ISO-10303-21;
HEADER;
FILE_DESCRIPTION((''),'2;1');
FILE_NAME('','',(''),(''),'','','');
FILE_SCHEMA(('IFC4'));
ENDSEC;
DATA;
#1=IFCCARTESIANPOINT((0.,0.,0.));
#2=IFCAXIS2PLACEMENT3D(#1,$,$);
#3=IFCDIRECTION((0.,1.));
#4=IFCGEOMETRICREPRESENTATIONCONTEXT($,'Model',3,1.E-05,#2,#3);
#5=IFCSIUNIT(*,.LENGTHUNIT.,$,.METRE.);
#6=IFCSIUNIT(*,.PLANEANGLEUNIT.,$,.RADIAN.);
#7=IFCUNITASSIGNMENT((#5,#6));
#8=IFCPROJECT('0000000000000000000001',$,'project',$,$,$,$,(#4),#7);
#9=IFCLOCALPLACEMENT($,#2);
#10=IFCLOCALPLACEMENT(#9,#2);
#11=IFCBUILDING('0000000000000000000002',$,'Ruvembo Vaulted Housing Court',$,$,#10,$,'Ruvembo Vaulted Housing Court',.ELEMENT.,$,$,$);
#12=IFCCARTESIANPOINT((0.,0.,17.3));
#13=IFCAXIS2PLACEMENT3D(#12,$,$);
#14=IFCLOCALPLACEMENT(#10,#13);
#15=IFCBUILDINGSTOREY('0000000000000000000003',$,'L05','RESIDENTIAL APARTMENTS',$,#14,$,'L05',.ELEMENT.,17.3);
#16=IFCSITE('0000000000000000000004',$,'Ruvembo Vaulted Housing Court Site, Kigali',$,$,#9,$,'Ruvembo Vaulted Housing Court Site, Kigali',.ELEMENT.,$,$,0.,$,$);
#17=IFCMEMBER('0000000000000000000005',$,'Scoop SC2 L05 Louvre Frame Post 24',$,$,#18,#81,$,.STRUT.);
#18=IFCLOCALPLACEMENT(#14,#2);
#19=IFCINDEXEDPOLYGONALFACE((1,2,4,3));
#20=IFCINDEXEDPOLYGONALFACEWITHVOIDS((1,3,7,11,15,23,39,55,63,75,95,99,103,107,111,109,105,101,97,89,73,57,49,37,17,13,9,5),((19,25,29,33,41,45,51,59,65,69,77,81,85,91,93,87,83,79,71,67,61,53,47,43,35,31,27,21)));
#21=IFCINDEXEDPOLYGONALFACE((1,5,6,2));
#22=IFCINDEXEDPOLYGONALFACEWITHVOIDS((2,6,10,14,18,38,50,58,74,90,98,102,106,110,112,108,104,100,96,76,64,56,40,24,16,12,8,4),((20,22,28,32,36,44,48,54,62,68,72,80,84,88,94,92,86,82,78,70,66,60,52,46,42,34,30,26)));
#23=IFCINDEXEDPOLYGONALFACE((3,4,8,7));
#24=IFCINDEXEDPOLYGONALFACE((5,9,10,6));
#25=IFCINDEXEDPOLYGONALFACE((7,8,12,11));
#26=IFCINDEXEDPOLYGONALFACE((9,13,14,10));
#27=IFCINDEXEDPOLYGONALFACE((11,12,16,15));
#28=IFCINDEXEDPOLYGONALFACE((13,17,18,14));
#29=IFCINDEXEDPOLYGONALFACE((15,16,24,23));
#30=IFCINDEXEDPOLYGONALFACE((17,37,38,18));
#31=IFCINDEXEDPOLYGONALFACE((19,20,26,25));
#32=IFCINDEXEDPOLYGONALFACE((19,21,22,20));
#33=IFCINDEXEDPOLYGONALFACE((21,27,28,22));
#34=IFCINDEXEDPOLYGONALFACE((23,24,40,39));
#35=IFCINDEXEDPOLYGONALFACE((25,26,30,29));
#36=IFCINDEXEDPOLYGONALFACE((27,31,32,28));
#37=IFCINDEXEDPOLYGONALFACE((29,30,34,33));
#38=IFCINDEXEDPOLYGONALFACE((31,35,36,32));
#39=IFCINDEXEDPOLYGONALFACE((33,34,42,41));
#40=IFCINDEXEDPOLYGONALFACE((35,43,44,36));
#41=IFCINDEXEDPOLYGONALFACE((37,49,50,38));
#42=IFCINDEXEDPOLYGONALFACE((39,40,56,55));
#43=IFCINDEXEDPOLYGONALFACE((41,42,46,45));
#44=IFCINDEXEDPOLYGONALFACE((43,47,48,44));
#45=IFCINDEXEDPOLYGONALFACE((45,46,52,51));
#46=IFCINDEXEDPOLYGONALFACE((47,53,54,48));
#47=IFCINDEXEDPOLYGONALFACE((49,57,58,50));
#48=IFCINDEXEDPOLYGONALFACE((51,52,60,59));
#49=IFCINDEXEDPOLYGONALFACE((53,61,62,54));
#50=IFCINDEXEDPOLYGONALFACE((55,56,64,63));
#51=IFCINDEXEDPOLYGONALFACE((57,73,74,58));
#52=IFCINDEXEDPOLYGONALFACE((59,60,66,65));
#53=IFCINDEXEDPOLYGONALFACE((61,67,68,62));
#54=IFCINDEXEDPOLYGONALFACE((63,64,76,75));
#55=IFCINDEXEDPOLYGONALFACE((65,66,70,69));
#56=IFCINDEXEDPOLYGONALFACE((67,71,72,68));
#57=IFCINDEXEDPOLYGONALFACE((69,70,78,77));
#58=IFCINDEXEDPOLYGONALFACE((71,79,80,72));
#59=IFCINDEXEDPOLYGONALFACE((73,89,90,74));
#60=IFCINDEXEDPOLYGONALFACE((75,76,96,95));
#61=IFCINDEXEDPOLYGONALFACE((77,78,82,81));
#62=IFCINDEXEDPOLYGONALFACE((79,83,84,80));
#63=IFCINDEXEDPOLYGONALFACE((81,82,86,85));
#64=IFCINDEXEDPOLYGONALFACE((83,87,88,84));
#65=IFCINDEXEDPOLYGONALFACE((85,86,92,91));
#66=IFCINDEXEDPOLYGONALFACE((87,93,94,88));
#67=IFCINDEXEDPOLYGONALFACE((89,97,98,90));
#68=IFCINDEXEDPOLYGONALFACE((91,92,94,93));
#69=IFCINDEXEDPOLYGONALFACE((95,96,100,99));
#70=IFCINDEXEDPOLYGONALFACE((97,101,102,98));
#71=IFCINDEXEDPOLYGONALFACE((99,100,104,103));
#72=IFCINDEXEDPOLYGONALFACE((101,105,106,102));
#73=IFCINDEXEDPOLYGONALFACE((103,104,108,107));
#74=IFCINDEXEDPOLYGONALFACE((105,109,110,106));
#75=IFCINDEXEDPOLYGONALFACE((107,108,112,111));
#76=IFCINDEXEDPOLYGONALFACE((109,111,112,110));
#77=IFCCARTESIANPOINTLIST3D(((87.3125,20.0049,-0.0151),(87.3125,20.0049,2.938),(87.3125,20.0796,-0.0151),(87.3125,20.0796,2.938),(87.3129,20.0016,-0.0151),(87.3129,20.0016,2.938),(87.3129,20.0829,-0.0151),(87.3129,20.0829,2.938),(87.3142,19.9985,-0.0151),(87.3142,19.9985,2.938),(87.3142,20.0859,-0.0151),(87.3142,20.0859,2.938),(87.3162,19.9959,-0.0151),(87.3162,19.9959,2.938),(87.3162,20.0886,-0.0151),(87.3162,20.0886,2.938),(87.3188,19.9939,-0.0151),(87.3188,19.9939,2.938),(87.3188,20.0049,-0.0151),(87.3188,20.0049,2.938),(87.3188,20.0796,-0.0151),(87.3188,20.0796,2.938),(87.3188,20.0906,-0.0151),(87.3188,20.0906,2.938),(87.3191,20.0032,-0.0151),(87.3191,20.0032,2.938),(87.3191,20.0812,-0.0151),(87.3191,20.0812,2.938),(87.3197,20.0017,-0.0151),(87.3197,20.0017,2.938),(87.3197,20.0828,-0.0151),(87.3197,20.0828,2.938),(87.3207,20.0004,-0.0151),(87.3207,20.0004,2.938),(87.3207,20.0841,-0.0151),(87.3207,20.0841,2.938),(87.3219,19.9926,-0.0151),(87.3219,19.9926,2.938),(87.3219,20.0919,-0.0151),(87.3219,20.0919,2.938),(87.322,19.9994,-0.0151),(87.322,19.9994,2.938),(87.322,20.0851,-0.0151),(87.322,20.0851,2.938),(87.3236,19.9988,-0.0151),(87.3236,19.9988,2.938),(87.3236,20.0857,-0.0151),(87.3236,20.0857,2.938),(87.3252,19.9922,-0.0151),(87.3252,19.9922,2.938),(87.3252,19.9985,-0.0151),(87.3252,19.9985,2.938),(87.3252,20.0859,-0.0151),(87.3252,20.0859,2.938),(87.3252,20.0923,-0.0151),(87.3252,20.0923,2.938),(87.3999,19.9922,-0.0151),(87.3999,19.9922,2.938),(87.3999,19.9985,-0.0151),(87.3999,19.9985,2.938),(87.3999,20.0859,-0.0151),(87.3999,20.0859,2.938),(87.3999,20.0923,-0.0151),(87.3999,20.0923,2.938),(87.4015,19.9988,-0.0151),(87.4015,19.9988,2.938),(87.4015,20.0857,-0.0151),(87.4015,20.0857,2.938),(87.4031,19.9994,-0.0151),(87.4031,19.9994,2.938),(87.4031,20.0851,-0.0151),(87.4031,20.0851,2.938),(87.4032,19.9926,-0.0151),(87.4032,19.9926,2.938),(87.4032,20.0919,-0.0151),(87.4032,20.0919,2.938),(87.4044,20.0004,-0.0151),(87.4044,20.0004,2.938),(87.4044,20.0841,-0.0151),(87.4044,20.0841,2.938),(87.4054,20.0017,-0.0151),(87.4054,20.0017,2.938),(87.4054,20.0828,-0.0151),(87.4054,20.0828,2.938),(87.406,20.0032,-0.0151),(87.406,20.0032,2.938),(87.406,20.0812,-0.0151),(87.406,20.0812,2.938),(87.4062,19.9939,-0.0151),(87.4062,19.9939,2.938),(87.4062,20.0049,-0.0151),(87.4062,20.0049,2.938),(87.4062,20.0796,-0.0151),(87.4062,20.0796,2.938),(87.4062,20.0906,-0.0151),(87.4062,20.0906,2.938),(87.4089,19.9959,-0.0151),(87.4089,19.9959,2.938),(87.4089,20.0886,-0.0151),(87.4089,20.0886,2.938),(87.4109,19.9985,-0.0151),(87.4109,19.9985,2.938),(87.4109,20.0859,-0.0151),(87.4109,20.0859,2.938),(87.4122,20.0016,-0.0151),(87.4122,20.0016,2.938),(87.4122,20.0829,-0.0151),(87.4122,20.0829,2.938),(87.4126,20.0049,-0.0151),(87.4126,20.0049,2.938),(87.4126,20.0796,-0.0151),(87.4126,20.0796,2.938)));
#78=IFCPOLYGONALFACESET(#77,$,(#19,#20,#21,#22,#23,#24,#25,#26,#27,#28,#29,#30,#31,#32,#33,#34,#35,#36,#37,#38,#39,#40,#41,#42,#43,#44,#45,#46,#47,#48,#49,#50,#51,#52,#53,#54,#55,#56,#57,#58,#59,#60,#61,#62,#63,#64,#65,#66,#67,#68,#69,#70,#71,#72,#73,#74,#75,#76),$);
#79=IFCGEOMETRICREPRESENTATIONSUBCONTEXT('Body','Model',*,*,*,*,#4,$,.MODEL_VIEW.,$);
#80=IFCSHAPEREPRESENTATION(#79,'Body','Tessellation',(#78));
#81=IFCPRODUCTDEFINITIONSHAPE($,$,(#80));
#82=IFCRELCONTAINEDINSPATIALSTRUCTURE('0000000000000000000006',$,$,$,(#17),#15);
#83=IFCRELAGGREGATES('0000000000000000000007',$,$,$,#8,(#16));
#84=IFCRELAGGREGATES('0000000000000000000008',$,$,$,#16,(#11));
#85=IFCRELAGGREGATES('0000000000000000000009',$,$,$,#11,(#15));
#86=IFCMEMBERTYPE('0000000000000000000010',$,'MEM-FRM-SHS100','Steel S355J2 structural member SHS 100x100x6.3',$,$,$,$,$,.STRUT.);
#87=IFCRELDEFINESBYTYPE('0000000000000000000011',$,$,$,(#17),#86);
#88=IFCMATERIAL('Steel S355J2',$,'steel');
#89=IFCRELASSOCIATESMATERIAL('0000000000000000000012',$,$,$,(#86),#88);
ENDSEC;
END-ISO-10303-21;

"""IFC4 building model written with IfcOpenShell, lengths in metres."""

from ifc_helpers import new_model, si_unit, direction, frame, origin, origin_2d, place, context, subcontext, project, spatial, hollow_rectangle, extrude, material, material_profile, profile_set, type_object, element, save


model = new_model("IFC4")

# Units and contexts
model_context = context("Model", 3, precision=1e-05, world=origin(), true_north=direction((0.0, 1.0)))
body_context = subcontext(model_context, "Body", "Model", "MODEL_VIEW")
ifc_project = project(units=[si_unit("LENGTHUNIT", "METRE"), si_unit("PLANEANGLEUNIT", "RADIAN")], contexts=[model_context])

# Site, building, storey
site_placement = place(None, origin())
site = spatial("IfcSite", under=ifc_project, at=site_placement, Name="Ruvembo Vaulted Housing Court Site, Kigali", LongName="Ruvembo Vaulted Housing Court Site, Kigali", CompositionType="ELEMENT", RefElevation=0.0)
building_placement = place(site_placement, origin())
building = spatial("IfcBuilding", under=site, at=building_placement, Name="Ruvembo Vaulted Housing Court", LongName="Ruvembo Vaulted Housing Court", CompositionType="ELEMENT")
storey_placement = place(building_placement, frame((0.0, 0.0, 17.3)))
storey = spatial("IfcBuildingStorey", under=building, at=storey_placement, Name="L05", Description="RESIDENTIAL APARTMENTS", LongName="L05", CompositionType="ELEMENT", Elevation=17.3)

# Shared definitions
ifc_material_1 = material(Name="Steel S355J2", Category="steel")

# Member
ifc_material_profile_1 = material_profile(ifc_material_1, hollow_rectangle(XDim=0.1001, YDim=0.1001, WallThickness=0.0063, InnerFilletRadius=0.0063, OuterFilletRadius=0.0127, at=origin_2d()), Name="SHS 100x100x6.3")
ifc_profile_set_1 = profile_set([ifc_material_profile_1], Name="Steel S355J2")
member_type_1 = type_object("IfcMemberType", Name="MEM-FRM-SHS100", Description="Steel S355J2 structural member SHS 100x100x6.3", PredefinedType="STRUT", material=ifc_profile_set_1)
for number, where, z_axis, x_axis, name in (
    (1, (87.3625, 20.0422, -0.0151), (0.0, 0.0, 1.0), (1.0, 0.0, 0.0), "Scoop SC2 L05 Louvre Frame Post 24"),
):
    element("IfcMember", number, at=place(storey_placement, frame(where, z_axis=z_axis, x_axis=x_axis)), inside=storey, type_object=member_type_1, Name=name, PredefinedType="STRUT", context=body_context, shape_type="SweptSolid", body=[
        extrude(hollow_rectangle(XDim=0.1001, YDim=0.1001, WallThickness=0.0063, InnerFilletRadius=0.0063, OuterFilletRadius=0.0127, at=origin_2d()), origin(), (0.0, 0.0, 1.0), 2.9531),
    ])

save(model, "model.ifc")
